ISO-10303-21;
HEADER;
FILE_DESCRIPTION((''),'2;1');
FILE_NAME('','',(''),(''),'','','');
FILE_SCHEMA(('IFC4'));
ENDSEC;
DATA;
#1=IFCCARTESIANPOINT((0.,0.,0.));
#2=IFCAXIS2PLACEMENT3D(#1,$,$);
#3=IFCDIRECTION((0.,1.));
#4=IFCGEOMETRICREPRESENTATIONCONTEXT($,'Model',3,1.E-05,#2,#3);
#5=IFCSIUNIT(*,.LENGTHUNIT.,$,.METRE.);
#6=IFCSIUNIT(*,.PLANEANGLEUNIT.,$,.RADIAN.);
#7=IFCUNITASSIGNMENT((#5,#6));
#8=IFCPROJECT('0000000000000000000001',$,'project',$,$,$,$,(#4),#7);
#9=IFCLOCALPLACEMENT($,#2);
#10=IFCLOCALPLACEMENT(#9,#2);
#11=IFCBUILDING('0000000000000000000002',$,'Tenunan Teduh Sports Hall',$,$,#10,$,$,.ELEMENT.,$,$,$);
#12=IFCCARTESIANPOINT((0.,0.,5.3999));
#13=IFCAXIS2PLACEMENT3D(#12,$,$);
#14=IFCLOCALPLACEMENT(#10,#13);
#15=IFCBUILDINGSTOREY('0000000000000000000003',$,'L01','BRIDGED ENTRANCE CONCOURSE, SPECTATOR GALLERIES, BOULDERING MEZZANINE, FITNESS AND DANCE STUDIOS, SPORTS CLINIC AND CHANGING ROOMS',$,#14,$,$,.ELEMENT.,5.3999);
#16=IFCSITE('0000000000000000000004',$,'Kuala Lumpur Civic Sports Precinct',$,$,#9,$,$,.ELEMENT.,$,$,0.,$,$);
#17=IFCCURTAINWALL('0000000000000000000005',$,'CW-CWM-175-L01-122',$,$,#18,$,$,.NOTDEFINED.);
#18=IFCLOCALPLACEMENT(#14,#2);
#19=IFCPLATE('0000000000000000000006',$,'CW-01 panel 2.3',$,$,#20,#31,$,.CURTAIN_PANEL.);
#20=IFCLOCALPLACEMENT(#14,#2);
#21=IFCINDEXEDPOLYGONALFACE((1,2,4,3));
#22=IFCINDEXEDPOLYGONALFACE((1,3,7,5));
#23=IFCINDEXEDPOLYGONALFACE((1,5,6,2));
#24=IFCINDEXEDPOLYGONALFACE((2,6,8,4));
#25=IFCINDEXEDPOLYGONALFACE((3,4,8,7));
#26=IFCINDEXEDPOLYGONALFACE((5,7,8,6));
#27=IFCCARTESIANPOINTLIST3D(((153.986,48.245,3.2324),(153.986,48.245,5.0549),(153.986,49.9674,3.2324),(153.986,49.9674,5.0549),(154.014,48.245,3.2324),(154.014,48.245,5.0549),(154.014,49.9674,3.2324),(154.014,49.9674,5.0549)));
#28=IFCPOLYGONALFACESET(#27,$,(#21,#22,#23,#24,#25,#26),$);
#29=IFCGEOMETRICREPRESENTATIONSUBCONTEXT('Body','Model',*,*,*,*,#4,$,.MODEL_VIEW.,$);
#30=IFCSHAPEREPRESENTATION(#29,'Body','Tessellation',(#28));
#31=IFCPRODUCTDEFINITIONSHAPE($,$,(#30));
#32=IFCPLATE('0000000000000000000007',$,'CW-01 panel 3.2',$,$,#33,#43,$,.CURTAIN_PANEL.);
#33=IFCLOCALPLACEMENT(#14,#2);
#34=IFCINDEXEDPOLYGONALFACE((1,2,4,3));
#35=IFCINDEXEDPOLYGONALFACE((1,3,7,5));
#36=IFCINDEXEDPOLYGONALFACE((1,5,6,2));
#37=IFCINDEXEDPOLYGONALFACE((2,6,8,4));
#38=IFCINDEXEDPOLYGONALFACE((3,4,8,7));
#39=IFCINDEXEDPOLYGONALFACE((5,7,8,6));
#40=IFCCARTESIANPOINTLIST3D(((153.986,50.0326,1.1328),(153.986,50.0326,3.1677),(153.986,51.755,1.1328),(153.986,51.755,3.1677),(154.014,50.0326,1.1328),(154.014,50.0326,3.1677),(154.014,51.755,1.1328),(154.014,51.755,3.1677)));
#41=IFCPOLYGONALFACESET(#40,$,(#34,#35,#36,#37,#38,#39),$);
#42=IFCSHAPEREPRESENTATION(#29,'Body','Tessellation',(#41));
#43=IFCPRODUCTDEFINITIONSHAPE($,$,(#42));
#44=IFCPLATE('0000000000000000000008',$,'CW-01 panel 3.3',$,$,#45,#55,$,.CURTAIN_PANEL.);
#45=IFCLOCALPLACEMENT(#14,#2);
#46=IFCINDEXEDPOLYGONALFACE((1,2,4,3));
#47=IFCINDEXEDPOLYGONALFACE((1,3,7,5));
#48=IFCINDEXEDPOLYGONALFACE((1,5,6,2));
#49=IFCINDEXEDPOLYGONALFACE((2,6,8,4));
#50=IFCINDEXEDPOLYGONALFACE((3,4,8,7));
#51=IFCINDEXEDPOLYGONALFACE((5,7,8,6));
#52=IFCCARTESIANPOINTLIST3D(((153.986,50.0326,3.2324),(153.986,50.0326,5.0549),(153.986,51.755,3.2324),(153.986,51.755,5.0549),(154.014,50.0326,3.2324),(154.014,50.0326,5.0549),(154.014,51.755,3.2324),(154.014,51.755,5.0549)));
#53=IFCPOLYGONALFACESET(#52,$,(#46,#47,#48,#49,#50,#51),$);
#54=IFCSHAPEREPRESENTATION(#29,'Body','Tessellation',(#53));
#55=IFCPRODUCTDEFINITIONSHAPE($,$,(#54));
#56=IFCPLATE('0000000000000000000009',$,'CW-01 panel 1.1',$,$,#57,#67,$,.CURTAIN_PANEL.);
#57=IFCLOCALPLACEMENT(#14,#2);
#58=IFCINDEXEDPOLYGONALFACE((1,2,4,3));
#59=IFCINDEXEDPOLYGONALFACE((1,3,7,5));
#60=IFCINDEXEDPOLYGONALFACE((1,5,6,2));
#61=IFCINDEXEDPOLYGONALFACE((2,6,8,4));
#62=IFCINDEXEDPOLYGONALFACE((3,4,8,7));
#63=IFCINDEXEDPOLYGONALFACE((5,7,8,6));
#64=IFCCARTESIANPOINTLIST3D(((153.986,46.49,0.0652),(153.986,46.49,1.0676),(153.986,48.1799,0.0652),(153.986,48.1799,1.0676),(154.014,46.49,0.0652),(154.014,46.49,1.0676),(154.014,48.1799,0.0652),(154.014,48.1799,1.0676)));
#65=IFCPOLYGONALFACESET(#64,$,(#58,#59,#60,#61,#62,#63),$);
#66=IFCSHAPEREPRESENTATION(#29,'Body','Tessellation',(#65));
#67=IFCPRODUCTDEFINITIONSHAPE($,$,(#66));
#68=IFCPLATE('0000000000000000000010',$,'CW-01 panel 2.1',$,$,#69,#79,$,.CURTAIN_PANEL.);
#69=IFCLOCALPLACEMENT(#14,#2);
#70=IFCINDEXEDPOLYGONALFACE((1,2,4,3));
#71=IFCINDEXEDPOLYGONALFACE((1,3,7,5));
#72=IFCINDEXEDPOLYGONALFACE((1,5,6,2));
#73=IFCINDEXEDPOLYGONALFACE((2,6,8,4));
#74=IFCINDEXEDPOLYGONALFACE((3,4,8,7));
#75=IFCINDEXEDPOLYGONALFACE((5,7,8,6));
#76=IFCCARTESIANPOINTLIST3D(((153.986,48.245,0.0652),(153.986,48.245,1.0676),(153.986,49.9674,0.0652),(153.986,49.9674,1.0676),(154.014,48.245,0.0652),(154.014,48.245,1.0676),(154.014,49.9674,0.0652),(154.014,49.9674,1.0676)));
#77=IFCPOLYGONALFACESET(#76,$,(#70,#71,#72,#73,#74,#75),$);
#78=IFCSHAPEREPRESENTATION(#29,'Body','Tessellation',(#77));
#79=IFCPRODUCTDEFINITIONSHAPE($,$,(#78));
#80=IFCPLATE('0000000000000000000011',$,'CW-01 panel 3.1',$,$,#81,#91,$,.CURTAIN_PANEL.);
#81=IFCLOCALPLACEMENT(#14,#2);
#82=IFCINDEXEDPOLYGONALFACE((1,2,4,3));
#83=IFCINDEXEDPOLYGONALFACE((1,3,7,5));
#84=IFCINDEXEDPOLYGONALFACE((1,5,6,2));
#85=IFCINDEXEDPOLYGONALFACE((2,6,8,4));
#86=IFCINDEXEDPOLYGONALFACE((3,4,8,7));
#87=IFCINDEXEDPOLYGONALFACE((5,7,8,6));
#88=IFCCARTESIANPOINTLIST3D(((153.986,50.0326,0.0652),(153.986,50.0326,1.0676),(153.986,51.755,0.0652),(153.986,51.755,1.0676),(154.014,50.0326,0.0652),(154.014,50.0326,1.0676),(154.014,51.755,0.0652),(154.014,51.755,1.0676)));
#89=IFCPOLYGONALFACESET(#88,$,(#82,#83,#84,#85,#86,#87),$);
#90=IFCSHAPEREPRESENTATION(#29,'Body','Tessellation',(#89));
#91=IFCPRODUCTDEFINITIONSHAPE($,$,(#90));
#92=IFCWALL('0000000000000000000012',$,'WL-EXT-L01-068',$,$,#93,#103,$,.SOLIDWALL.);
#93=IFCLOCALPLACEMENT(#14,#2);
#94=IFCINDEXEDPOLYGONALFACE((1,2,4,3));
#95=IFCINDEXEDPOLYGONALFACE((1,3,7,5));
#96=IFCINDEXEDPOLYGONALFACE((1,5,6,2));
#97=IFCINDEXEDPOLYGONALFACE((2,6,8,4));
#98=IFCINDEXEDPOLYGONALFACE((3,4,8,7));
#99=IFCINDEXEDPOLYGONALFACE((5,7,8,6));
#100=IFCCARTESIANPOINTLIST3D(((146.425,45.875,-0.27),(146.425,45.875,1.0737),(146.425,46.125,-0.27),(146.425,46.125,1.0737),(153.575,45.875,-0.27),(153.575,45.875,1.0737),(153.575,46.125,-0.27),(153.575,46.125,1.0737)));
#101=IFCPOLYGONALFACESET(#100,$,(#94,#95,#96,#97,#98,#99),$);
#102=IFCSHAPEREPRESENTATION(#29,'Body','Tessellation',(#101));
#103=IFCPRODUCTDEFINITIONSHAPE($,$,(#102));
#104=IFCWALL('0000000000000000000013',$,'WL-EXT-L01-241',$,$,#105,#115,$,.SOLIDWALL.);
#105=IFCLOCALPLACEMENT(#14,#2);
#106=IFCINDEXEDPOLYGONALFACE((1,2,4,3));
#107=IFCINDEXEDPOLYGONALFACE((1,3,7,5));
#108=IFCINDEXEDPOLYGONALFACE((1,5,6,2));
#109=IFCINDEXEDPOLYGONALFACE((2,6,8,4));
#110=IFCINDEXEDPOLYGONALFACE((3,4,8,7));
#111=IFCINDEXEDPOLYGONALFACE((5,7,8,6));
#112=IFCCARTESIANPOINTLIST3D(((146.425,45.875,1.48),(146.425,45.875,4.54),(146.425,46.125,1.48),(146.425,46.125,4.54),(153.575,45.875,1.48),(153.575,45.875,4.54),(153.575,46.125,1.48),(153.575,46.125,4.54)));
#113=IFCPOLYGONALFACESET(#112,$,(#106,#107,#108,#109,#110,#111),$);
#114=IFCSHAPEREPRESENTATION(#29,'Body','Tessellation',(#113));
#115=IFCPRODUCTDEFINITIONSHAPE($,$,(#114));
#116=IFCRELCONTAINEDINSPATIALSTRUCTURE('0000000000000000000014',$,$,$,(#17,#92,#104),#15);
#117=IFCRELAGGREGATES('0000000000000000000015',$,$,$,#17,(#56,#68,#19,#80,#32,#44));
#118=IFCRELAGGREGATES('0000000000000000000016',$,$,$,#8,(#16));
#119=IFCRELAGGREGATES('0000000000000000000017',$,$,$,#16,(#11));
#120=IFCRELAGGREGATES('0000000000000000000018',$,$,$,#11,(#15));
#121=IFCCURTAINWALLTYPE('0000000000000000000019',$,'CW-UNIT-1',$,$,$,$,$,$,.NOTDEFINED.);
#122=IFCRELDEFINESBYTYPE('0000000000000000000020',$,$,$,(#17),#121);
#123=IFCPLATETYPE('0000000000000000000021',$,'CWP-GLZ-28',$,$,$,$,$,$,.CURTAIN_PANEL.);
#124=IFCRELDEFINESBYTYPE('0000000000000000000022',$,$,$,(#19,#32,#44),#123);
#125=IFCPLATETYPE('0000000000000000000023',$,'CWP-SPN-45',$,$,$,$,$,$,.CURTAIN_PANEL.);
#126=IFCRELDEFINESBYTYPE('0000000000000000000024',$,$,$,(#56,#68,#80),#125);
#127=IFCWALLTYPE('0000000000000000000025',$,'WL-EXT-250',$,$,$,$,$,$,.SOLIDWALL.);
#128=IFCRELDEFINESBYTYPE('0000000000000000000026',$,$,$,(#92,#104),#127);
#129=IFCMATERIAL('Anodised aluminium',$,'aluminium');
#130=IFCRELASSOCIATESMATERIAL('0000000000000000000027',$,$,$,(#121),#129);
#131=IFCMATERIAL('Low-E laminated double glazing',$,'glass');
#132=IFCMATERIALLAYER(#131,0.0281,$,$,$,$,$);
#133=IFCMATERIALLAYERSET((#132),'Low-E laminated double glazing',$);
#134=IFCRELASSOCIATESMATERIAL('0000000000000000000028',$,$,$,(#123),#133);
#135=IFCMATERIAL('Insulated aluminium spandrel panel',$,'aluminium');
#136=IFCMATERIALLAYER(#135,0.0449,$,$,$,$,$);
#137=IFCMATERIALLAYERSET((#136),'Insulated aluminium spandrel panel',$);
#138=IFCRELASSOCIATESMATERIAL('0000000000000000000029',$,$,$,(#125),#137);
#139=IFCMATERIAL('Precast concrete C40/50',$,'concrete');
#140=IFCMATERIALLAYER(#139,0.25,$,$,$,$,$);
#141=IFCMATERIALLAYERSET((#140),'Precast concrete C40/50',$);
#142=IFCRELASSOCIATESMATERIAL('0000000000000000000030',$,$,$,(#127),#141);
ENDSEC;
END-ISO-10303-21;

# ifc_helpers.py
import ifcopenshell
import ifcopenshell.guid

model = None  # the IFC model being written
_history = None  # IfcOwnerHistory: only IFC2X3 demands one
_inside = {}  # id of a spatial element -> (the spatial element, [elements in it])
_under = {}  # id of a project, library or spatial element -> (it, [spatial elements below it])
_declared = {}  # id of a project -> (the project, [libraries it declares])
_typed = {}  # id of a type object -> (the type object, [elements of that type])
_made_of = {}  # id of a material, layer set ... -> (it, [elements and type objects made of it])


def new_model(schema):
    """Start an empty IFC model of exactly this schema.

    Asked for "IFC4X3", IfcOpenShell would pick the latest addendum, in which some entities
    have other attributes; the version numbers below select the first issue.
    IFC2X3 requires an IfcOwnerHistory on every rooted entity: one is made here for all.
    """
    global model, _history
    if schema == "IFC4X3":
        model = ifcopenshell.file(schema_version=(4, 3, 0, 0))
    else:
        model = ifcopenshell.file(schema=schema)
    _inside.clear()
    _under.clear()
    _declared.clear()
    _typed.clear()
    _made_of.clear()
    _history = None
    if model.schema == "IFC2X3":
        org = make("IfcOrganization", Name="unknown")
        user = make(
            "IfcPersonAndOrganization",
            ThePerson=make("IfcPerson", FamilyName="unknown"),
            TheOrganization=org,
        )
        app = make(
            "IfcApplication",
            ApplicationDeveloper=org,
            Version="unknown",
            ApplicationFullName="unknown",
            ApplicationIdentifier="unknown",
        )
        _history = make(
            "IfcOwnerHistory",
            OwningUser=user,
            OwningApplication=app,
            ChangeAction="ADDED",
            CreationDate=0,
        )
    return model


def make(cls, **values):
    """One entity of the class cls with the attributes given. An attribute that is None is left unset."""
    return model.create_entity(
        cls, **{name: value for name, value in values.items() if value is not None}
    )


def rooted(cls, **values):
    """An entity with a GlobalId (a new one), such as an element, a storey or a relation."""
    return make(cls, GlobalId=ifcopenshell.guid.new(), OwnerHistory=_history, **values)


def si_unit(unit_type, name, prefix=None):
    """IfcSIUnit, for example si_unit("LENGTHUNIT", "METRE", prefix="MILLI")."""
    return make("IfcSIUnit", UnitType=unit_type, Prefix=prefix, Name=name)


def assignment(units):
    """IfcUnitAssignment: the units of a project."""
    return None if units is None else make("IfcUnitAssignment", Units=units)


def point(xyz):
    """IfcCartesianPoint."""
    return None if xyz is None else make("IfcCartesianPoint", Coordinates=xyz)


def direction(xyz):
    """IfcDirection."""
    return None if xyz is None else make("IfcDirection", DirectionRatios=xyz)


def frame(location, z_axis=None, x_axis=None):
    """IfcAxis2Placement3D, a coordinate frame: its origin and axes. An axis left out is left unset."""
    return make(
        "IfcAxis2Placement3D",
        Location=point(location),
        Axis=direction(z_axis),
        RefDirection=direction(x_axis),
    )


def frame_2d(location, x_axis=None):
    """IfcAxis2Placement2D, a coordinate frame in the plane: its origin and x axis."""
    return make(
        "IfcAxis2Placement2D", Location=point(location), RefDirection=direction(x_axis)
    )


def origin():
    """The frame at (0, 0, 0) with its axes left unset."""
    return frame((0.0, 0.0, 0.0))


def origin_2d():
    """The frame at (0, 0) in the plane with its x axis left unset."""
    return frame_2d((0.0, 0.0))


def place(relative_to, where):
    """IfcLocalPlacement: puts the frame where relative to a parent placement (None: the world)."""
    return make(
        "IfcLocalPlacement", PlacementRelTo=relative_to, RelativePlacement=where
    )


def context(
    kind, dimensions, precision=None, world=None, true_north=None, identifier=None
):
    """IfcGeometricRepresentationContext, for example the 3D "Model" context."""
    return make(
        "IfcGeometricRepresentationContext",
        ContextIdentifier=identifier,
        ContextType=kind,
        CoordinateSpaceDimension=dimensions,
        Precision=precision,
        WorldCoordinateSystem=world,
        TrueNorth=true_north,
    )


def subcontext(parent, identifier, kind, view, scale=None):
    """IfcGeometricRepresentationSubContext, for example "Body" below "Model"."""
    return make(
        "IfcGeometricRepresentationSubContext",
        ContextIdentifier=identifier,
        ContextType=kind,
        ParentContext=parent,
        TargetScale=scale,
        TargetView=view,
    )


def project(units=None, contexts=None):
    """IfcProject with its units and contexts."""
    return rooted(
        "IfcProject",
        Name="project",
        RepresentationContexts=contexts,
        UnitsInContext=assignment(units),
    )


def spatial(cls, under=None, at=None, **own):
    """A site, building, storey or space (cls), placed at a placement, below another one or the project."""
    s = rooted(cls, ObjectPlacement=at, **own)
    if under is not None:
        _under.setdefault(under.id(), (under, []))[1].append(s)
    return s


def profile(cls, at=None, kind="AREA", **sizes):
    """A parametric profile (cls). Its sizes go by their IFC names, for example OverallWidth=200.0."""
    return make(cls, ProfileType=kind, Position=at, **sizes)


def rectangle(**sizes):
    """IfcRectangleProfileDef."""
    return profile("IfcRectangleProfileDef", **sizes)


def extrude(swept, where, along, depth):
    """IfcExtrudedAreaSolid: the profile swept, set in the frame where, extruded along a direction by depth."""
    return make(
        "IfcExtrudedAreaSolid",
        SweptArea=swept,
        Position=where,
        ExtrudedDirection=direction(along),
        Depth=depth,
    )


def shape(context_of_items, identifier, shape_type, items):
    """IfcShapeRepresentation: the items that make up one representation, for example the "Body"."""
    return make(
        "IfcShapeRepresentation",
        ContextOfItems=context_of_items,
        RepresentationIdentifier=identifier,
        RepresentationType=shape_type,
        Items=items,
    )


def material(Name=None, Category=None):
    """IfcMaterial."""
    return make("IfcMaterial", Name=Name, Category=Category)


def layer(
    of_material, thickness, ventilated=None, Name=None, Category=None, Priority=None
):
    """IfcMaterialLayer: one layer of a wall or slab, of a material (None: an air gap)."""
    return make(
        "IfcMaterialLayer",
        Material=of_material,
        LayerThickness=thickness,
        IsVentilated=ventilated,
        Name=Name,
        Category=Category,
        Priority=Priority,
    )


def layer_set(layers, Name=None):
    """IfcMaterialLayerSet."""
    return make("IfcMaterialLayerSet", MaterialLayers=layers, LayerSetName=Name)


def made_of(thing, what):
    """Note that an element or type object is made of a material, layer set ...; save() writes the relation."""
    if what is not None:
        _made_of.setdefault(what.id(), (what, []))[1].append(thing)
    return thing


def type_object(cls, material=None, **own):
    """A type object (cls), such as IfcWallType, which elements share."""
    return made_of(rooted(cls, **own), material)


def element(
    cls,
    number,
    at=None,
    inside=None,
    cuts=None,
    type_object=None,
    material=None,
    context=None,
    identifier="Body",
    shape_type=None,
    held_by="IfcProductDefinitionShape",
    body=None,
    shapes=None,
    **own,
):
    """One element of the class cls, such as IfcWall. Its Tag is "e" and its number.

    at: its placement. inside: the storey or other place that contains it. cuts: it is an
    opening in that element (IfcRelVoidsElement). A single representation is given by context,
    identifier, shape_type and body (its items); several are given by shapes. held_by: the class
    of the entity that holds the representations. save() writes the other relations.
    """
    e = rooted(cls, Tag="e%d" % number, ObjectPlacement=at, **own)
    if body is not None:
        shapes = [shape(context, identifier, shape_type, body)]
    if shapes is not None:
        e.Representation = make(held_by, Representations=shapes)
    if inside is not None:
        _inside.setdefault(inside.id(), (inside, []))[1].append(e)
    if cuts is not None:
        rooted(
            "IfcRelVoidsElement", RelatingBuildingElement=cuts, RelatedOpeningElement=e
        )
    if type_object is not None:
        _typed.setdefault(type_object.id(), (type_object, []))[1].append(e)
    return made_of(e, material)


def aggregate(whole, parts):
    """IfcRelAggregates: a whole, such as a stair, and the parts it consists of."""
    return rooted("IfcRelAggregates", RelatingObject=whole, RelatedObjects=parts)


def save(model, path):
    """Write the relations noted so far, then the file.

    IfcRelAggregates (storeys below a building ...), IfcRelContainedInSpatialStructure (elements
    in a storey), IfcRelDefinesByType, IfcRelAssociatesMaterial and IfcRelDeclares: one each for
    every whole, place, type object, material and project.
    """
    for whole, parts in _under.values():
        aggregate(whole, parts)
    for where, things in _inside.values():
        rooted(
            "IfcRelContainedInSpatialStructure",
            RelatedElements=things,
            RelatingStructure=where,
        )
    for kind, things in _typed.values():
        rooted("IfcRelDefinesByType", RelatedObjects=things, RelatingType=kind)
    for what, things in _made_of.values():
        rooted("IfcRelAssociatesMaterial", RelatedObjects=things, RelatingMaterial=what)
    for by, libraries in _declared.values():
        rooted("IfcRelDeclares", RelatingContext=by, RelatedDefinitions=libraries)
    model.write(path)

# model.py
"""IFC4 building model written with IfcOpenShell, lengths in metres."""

from ifc_helpers import new_model, si_unit, direction, frame, frame_2d, origin, origin_2d, place, context, subcontext, project, spatial, rectangle, extrude, material, layer, layer_set, type_object, element, aggregate, save


model = new_model("IFC4")

# Units and contexts
model_context = context("Model", 3, precision=1e-05, world=origin(), true_north=direction((0.0, 1.0)))
body_context = subcontext(model_context, "Body", "Model", "MODEL_VIEW")
ifc_project = project(units=[si_unit("LENGTHUNIT", "METRE"), si_unit("PLANEANGLEUNIT", "RADIAN")], contexts=[model_context])

# Site, building, storey
site_placement = place(None, origin())
site = spatial("IfcSite", under=ifc_project, at=site_placement, Name="Kuala Lumpur Civic Sports Precinct", CompositionType="ELEMENT", RefElevation=0.0)
building_placement = place(site_placement, origin())
building = spatial("IfcBuilding", under=site, at=building_placement, Name="Tenunan Teduh Sports Hall", CompositionType="ELEMENT")
storey_placement = place(building_placement, frame((0.0, 0.0, 5.3999)))
storey = spatial("IfcBuildingStorey", under=building, at=storey_placement, Name="L01", Description="BRIDGED ENTRANCE CONCOURSE, SPECTATOR GALLERIES, BOULDERING MEZZANINE, FITNESS AND DANCE STUDIOS, SPORTS CLINIC AND CHANGING ROOMS", CompositionType="ELEMENT", Elevation=5.3999)

# Curtain wall
ifc_material_1 = material(Name="Anodised aluminium", Category="aluminium")
curtain_wall_type = type_object("IfcCurtainWallType", Name="CW-UNIT-1", PredefinedType="NOTDEFINED", material=ifc_material_1)
curtain_wall_placement = place(storey_placement, origin())
curtain_wall = element("IfcCurtainWall", 1, at=curtain_wall_placement, inside=storey, type_object=curtain_wall_type, Name="CW-CWM-175-L01-122", PredefinedType="NOTDEFINED")

# Plates
ifc_material_2 = material(Name="Low-E laminated double glazing", Category="glass")
ifc_layer_1 = layer(ifc_material_2, 0.0281)
ifc_layer_set_1 = layer_set([ifc_layer_1], Name="Low-E laminated double glazing")
plate_type_1 = type_object("IfcPlateType", Name="CWP-GLZ-28", PredefinedType="CURTAIN_PANEL", material=ifc_layer_set_1)
plate_1_placement = place(storey_placement, frame((154.0, 49.1062, 3.2324), z_axis=(0.0, 0.0, 1.0), x_axis=(0.0, 1.0, 0.0)))
plate_1 = element("IfcPlate", 2, at=plate_1_placement, type_object=plate_type_1, Name="CW-01 panel 2.3", PredefinedType="CURTAIN_PANEL", context=body_context, shape_type="SweptSolid", body=[
    extrude(rectangle(XDim=1.7224, YDim=0.0281, at=origin_2d()), origin(), (0.0, 0.0, 1.0), 1.8225),
])
plate_2_placement = place(storey_placement, frame((154.0, 50.8938, 1.1328), z_axis=(0.0, 0.0, 1.0), x_axis=(0.0, 1.0, 0.0)))
plate_2 = element("IfcPlate", 3, at=plate_2_placement, type_object=plate_type_1, Name="CW-01 panel 3.2", PredefinedType="CURTAIN_PANEL", context=body_context, shape_type="SweptSolid", body=[
    extrude(rectangle(XDim=1.7224, YDim=0.0281, at=origin_2d()), origin(), (0.0, 0.0, 1.0), 2.0349),
])
plate_3_placement = place(storey_placement, frame((154.0, 50.8938, 3.2324), z_axis=(0.0, 0.0, 1.0), x_axis=(0.0, 1.0, 0.0)))
plate_3 = element("IfcPlate", 4, at=plate_3_placement, type_object=plate_type_1, Name="CW-01 panel 3.3", PredefinedType="CURTAIN_PANEL", context=body_context, shape_type="SweptSolid", body=[
    extrude(rectangle(XDim=1.7224, YDim=0.0281, at=origin_2d()), origin(), (0.0, 0.0, 1.0), 1.8225),
])
ifc_material_3 = material(Name="Insulated aluminium spandrel panel", Category="aluminium")
ifc_layer_2 = layer(ifc_material_3, 0.0449)
ifc_layer_set_2 = layer_set([ifc_layer_2], Name="Insulated aluminium spandrel panel")
plate_type_2 = type_object("IfcPlateType", Name="CWP-SPN-45", PredefinedType="CURTAIN_PANEL", material=ifc_layer_set_2)
plate_4_placement = place(storey_placement, frame((154.0, 47.335, 0.0652), z_axis=(0.0, 0.0, 1.0), x_axis=(0.0, 1.0, 0.0)))
plate_4 = element("IfcPlate", 5, at=plate_4_placement, type_object=plate_type_2, Name="CW-01 panel 1.1", PredefinedType="CURTAIN_PANEL", context=body_context, shape_type="SweptSolid", body=[
    extrude(rectangle(XDim=1.6899, YDim=0.0281, at=origin_2d()), origin(), (0.0, 0.0, 1.0), 1.0024),
])
plate_5_placement = place(storey_placement, frame((154.0, 49.1062, 0.0652), z_axis=(0.0, 0.0, 1.0), x_axis=(0.0, 1.0, 0.0)))
plate_5 = element("IfcPlate", 6, at=plate_5_placement, type_object=plate_type_2, Name="CW-01 panel 2.1", PredefinedType="CURTAIN_PANEL", context=body_context, shape_type="SweptSolid", body=[
    extrude(rectangle(XDim=1.7224, YDim=0.0281, at=origin_2d()), origin(), (0.0, 0.0, 1.0), 1.0024),
])
plate_6_placement = place(storey_placement, frame((154.0, 50.8938, 0.0652), z_axis=(0.0, 0.0, 1.0), x_axis=(0.0, 1.0, 0.0)))
plate_6 = element("IfcPlate", 7, at=plate_6_placement, type_object=plate_type_2, Name="CW-01 panel 3.1", PredefinedType="CURTAIN_PANEL", context=body_context, shape_type="SweptSolid", body=[
    extrude(rectangle(XDim=1.7224, YDim=0.0281, at=origin_2d()), origin(), (0.0, 0.0, 1.0), 1.0024),
])
aggregate(curtain_wall, [plate_4, plate_5, plate_1, plate_6, plate_2, plate_3])

# Walls
ifc_material_4 = material(Name="Precast concrete C40/50", Category="concrete")
ifc_layer_3 = layer(ifc_material_4, 0.25)
ifc_layer_set_3 = layer_set([ifc_layer_3], Name="Precast concrete C40/50")
wall_type = type_object("IfcWallType", Name="WL-EXT-250", PredefinedType="SOLIDWALL", material=ifc_layer_set_3)
wall_1_placement = place(storey_placement, frame((146.425, 46.0, -0.27), z_axis=(0.0, 0.0, 1.0), x_axis=(1.0, 0.0, 0.0)))
element("IfcWall", 8, at=wall_1_placement, inside=storey, type_object=wall_type, Name="WL-EXT-L01-068", PredefinedType="SOLIDWALL", context=body_context, shape_type="SweptSolid", body=[
    extrude(rectangle(XDim=7.1499, YDim=0.25, at=frame_2d((3.575, 0.0))), origin(), (0.0, 0.0, 1.0), 1.3438),
])
wall_2_placement = place(storey_placement, frame((146.425, 46.0, 1.48), z_axis=(0.0, 0.0, 1.0), x_axis=(1.0, 0.0, 0.0)))
element("IfcWall", 9, at=wall_2_placement, inside=storey, type_object=wall_type, Name="WL-EXT-L01-241", PredefinedType="SOLIDWALL", context=body_context, shape_type="SweptSolid", body=[
    extrude(rectangle(XDim=7.1499, YDim=0.25, at=frame_2d((3.575, 0.0))), origin(), (0.0, 0.0, 1.0), 3.0601),
])

save(model, "model.ifc")
